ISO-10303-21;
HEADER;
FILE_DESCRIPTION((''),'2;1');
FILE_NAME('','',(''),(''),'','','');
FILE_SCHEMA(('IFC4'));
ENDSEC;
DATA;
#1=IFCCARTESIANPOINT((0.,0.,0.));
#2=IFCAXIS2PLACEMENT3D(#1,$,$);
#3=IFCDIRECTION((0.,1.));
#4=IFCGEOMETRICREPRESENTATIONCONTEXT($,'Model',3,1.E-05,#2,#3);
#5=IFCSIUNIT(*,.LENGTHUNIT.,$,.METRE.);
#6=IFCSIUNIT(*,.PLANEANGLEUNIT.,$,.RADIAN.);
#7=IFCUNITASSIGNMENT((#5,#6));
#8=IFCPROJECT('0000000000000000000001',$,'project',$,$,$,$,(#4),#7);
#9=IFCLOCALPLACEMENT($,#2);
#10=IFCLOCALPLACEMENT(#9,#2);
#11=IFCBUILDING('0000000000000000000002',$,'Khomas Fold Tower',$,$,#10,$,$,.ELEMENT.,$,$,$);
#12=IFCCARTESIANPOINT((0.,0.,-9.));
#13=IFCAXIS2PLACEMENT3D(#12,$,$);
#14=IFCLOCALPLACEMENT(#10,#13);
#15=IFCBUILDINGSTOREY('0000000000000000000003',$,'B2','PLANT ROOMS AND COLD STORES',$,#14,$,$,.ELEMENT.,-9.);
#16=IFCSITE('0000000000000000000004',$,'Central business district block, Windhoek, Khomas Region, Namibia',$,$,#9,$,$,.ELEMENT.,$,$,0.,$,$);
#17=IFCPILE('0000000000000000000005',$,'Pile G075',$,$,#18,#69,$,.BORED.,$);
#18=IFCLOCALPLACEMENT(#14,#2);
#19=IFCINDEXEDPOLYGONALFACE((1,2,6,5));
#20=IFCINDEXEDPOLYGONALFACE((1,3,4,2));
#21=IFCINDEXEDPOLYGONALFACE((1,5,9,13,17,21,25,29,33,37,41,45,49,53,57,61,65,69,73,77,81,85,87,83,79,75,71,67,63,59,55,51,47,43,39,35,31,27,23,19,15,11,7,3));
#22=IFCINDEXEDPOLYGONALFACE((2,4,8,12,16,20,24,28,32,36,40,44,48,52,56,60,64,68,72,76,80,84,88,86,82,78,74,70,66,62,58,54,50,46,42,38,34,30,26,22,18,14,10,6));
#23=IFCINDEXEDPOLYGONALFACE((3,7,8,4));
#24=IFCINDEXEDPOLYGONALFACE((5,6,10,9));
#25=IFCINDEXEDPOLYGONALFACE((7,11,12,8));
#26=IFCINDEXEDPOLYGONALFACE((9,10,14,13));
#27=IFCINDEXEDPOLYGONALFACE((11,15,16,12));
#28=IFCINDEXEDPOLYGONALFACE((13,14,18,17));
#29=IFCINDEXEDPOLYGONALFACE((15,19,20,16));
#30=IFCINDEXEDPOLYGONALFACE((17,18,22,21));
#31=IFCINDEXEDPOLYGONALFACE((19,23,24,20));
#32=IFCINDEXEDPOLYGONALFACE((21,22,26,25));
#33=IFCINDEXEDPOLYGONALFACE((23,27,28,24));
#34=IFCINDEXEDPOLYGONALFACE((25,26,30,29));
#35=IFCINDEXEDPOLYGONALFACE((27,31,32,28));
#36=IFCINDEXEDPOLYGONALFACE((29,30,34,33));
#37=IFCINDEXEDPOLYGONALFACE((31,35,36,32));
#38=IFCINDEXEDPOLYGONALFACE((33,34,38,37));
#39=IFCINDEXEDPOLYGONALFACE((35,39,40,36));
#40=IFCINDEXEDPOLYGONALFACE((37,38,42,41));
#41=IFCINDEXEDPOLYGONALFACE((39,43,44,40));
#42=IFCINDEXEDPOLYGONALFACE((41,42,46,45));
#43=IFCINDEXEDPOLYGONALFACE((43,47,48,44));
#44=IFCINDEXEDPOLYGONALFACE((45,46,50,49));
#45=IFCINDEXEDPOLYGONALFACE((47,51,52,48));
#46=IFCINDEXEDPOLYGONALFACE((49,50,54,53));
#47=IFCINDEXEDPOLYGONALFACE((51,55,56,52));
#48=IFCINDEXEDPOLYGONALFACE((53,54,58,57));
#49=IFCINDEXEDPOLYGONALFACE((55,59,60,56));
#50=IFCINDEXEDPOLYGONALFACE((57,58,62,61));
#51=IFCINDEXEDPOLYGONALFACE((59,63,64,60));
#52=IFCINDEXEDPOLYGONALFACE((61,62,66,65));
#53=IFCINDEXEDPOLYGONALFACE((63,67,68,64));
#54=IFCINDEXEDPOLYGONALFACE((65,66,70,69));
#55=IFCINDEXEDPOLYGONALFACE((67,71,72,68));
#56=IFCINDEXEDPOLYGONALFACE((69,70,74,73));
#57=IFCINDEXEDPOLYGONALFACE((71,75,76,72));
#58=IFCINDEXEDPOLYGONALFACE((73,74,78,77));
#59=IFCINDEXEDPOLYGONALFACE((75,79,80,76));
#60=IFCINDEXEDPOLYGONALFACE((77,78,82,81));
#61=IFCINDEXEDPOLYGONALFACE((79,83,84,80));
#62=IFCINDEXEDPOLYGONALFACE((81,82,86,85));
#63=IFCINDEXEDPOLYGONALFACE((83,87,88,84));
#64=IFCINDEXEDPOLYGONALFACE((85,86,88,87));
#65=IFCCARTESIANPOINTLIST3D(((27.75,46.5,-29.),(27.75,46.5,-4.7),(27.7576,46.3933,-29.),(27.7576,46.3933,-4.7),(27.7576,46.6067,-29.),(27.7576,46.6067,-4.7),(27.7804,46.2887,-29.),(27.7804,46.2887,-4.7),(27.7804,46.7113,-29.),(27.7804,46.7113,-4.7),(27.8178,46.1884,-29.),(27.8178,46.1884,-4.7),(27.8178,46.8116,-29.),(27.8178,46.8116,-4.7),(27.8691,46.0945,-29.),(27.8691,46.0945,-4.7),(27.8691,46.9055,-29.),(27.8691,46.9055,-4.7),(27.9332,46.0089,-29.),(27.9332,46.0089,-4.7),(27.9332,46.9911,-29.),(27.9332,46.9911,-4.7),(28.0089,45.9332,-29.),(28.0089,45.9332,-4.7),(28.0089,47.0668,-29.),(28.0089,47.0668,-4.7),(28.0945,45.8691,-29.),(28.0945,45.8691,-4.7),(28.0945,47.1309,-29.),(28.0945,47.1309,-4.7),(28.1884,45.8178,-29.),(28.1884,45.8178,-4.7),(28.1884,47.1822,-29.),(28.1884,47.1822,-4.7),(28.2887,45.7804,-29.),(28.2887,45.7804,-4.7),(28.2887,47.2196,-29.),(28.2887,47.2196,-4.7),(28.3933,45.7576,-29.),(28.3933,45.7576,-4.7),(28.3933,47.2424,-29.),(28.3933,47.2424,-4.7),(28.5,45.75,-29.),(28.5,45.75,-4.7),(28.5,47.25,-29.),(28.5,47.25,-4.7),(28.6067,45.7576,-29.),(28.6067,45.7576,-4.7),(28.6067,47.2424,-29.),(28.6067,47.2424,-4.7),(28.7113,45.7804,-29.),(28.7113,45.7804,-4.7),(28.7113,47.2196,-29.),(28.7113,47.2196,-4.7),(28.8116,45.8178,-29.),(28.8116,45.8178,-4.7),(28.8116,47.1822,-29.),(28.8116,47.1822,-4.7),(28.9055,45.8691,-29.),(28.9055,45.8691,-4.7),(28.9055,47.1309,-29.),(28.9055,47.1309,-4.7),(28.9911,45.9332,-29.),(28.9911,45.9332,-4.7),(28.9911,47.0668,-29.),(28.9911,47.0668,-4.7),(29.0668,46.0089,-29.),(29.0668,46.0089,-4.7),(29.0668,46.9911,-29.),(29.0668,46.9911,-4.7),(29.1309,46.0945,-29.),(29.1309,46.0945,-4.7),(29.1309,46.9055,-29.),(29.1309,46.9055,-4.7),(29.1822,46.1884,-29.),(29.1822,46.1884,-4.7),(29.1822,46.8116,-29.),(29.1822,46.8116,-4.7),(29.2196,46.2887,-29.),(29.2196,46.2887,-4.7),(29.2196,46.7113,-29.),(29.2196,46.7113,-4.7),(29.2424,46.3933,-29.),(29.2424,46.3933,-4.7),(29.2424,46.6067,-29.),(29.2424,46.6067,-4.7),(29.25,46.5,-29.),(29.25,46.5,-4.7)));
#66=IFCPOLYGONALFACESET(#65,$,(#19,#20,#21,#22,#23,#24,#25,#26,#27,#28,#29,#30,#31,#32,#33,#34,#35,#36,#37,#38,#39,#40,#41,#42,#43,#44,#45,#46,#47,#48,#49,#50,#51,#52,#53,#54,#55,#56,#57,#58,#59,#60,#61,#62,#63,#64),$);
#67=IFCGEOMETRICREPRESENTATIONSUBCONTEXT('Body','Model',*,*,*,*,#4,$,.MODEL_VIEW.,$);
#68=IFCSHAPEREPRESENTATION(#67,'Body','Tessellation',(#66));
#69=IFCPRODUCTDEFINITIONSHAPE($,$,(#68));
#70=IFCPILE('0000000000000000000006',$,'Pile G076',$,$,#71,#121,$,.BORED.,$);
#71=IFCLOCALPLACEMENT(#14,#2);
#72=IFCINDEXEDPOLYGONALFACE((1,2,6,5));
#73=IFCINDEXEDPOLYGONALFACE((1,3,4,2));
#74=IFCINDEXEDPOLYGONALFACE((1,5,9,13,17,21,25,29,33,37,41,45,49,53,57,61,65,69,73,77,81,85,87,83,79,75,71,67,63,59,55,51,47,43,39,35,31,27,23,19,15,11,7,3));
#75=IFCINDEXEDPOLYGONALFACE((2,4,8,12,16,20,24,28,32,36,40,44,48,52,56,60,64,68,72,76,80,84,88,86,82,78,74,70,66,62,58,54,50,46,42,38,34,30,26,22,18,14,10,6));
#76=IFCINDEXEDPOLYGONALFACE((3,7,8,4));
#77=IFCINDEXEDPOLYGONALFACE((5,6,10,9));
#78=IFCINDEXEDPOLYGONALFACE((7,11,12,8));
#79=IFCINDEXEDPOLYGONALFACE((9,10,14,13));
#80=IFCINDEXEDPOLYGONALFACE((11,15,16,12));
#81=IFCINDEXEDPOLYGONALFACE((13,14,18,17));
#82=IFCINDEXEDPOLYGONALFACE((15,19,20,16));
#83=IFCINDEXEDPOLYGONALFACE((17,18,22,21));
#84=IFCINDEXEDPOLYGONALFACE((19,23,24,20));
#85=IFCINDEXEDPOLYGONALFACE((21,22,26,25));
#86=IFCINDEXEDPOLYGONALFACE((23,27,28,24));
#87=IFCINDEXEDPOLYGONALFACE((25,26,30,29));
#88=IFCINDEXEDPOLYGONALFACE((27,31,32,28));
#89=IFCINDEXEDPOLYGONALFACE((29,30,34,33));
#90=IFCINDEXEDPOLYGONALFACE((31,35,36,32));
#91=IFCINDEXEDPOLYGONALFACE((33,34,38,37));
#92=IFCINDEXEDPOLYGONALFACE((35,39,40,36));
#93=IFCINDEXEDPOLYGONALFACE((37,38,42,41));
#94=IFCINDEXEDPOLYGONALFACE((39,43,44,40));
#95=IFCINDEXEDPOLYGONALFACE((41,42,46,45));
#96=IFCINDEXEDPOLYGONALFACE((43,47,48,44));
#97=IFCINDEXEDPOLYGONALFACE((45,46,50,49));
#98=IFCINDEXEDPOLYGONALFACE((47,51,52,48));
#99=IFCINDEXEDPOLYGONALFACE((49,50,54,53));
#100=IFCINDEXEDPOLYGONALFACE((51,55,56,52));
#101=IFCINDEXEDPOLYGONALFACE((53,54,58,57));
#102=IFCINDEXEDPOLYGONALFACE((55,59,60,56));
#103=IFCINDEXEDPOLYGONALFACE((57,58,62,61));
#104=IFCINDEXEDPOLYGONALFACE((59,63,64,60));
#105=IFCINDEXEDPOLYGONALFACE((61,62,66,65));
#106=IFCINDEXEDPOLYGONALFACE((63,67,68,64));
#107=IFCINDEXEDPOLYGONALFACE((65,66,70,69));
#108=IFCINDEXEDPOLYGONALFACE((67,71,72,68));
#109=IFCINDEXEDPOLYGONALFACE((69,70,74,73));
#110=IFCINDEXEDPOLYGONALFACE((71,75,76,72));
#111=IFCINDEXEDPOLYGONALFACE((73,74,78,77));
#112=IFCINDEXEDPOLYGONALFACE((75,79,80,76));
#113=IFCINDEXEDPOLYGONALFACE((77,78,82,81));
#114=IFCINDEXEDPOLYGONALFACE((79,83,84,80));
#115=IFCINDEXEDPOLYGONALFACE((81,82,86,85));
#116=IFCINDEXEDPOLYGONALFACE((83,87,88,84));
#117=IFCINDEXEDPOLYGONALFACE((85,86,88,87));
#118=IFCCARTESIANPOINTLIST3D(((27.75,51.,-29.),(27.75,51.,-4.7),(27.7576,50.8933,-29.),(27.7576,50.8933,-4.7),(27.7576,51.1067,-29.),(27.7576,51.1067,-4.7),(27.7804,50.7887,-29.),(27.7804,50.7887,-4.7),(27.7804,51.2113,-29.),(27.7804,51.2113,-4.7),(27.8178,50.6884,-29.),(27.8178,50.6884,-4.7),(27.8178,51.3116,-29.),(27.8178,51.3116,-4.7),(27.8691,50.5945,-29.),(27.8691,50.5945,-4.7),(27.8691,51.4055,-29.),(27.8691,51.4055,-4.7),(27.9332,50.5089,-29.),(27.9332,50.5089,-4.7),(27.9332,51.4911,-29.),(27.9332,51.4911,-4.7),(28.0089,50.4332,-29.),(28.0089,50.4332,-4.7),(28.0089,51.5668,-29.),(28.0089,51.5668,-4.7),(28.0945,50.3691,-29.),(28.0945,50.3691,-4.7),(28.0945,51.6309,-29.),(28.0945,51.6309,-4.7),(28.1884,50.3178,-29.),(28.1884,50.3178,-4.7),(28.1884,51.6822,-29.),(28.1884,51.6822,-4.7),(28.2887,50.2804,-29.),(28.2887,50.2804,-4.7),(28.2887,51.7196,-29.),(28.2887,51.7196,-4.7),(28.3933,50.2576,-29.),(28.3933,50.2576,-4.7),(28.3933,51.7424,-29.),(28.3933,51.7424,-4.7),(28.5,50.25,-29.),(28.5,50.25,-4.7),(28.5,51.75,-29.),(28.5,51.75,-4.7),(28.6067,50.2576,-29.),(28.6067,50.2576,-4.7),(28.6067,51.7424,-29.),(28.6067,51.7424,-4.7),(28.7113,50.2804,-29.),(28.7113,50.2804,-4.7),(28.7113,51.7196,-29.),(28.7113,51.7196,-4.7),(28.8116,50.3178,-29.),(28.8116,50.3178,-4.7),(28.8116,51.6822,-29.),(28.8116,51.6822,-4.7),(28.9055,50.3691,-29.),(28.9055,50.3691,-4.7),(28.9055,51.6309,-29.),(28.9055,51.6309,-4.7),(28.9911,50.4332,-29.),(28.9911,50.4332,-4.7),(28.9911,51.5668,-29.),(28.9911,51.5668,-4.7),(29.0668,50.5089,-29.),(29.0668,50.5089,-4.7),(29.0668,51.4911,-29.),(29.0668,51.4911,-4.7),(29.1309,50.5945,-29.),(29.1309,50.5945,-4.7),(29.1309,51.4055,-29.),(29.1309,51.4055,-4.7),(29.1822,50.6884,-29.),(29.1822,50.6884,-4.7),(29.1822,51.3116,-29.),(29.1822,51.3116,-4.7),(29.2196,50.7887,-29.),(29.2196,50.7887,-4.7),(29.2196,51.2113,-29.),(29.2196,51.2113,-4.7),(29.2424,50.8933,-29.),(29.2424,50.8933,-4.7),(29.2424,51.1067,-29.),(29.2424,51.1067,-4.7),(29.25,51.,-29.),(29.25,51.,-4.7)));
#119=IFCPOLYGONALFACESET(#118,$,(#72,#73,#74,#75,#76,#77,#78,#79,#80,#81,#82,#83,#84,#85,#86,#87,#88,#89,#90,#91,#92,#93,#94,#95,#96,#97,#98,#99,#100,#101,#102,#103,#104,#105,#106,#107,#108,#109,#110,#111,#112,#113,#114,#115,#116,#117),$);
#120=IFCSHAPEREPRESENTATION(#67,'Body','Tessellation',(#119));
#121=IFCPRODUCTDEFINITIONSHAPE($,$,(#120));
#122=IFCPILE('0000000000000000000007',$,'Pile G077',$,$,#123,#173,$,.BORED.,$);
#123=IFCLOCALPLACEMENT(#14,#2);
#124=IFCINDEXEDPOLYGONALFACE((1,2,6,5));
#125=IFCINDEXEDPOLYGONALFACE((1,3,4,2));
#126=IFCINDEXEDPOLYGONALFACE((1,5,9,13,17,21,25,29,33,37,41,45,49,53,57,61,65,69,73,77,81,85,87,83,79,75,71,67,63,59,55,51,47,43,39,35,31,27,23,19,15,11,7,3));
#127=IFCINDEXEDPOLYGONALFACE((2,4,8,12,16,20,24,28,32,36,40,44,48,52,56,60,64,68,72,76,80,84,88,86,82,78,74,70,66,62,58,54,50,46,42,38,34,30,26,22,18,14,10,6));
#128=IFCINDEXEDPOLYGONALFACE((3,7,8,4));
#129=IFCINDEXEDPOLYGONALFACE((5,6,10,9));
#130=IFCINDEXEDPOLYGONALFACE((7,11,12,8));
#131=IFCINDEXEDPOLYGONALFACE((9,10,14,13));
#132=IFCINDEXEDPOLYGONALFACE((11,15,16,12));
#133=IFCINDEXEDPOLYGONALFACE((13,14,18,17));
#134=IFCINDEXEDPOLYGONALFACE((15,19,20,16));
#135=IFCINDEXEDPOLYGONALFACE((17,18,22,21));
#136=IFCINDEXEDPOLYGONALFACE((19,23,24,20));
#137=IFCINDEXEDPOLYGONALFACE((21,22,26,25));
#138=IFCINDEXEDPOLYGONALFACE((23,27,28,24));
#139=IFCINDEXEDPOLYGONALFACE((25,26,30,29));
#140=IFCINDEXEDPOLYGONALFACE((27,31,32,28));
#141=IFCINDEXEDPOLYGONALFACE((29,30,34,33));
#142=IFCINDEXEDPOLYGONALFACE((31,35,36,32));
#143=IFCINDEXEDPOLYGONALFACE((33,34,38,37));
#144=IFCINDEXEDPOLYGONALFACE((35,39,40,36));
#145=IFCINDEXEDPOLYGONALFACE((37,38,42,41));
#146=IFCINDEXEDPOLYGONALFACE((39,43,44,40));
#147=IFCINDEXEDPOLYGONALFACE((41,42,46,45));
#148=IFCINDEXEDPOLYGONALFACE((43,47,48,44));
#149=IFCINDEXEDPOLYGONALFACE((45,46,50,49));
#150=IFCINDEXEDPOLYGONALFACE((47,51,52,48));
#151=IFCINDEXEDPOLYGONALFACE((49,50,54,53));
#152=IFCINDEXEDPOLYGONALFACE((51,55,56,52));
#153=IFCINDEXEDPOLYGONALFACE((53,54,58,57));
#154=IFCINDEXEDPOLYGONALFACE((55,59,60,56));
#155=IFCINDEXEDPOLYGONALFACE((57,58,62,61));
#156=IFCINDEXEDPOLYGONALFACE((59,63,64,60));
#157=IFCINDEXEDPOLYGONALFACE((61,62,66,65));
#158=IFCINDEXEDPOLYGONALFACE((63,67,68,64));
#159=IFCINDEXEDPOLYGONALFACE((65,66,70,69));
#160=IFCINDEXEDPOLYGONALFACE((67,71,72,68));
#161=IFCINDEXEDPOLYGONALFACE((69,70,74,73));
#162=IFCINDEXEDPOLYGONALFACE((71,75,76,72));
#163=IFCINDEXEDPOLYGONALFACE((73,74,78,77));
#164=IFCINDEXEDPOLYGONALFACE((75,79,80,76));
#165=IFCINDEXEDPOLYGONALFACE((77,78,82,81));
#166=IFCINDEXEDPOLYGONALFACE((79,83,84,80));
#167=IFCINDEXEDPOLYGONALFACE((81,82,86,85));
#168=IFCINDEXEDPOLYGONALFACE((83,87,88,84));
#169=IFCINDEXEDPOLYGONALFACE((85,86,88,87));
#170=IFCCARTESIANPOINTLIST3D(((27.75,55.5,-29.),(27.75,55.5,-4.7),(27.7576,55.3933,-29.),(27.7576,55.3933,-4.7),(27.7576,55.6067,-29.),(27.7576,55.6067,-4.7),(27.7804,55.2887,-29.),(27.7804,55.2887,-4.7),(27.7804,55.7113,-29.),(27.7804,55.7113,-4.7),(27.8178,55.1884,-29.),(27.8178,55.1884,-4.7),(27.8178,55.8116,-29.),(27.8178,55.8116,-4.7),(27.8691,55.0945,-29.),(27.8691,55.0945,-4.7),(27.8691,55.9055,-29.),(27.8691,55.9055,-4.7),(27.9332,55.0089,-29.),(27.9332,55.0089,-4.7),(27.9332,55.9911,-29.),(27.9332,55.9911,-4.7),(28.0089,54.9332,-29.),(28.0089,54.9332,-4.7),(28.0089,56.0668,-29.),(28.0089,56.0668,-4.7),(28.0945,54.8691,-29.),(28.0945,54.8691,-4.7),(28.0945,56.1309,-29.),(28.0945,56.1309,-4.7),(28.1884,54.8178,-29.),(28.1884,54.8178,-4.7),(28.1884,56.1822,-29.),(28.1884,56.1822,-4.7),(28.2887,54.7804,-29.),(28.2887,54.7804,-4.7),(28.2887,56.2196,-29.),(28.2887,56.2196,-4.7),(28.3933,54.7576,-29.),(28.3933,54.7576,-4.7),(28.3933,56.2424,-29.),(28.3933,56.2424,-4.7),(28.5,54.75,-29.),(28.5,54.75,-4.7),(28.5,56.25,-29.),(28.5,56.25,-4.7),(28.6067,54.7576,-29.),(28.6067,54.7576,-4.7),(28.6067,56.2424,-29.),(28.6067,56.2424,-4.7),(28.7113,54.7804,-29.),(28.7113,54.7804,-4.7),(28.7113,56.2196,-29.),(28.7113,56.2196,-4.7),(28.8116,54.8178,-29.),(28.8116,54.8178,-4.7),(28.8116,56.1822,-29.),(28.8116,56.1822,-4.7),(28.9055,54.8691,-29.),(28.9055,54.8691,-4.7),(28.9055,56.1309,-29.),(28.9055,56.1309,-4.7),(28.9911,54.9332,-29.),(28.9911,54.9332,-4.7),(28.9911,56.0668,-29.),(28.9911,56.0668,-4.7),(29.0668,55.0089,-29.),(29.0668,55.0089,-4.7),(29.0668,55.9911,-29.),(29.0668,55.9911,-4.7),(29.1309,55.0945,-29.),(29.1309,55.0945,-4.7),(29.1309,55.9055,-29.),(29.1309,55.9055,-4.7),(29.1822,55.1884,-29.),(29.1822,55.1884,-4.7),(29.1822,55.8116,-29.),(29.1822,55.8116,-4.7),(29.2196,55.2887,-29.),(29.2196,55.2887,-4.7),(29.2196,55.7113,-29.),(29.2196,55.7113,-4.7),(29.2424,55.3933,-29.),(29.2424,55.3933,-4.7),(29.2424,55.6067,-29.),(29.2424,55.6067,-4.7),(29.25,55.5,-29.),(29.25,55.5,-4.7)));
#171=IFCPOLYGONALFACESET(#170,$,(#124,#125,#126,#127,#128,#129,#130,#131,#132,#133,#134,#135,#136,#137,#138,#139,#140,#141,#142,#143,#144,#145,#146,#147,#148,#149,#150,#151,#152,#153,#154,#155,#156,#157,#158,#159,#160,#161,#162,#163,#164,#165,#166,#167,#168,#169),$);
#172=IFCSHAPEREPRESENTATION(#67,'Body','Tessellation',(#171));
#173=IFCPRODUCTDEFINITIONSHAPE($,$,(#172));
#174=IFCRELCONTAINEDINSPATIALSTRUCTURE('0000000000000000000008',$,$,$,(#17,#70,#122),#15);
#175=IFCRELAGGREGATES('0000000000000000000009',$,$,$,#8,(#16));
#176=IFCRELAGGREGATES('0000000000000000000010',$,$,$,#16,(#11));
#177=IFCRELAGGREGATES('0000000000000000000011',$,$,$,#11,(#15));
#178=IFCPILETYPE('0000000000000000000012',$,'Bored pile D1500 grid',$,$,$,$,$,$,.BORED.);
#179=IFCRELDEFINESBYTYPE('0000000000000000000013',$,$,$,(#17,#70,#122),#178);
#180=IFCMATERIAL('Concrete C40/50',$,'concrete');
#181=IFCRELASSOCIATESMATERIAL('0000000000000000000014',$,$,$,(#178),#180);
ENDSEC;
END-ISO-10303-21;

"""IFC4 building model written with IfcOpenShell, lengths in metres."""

from ifc_helpers import new_model, si_unit, direction, frame, origin, origin_2d, place, context, subcontext, project, spatial, circle, extrude, source, transform, mapped, material, material_profile, profile_set, type_object, element, save


model = new_model("IFC4")

# Units and contexts
model_context = context("Model", 3, precision=1e-05, world=origin(), true_north=direction((0.0, 1.0)))
body_context = subcontext(model_context, "Body", "Model", "MODEL_VIEW")
ifc_project = project(units=[si_unit("LENGTHUNIT", "METRE"), si_unit("PLANEANGLEUNIT", "RADIAN")], contexts=[model_context])

# Site, building, storey
site_placement = place(None, origin())
site = spatial("IfcSite", under=ifc_project, at=site_placement, Name="Central business district block, Windhoek, Khomas Region, Namibia", CompositionType="ELEMENT", RefElevation=0.0)
building_placement = place(site_placement, origin())
building = spatial("IfcBuilding", under=site, at=building_placement, Name="Khomas Fold Tower", CompositionType="ELEMENT")
storey_placement = place(building_placement, frame((0.0, 0.0, -9.0)))
storey = spatial("IfcBuildingStorey", under=building, at=storey_placement, Name="B2", Description="PLANT ROOMS AND COLD STORES", CompositionType="ELEMENT", Elevation=-9.0)

# Piles
ifc_material_1 = material(Name="Concrete C40/50", Category="concrete")
ifc_material_profile_1 = material_profile(ifc_material_1, circle(Radius=0.75, at=origin_2d()), Name="PILE D1500")
ifc_profile_set_1 = profile_set([ifc_material_profile_1], Name="Concrete C40/50")
pile_type = type_object("IfcPileType", Name="Bored pile D1500 grid", PredefinedType="BORED", material=ifc_profile_set_1)
shared_shape_1 = source(origin(), body_context, "Body", "SweptSolid", [
    extrude(circle(Radius=0.75, at=origin_2d()), origin(), (0.0, 0.0, 1.0), 24.3),
])
for number, where, z_axis, x_axis, name in (
    (1, (28.5, 46.5, -4.7), (0.0, 0.0, -1.0), (1.0, 0.0, 0.0), "Pile G075"),
    (2, (28.5, 51.0, -4.7), (0.0, 0.0, -1.0), (1.0, 0.0, 0.0), "Pile G076"),
    (3, (28.5, 55.5, -4.7), (0.0, 0.0, -1.0), (1.0, 0.0, 0.0), "Pile G077"),
):
    element("IfcPile", number, at=place(storey_placement, frame(where, z_axis=z_axis, x_axis=x_axis)), inside=storey, type_object=pile_type, Name=name, PredefinedType="BORED", context=body_context, shape_type="MappedRepresentation", body=[
        mapped(shared_shape_1, transform((0.0, 0.0, 0.0))),
    ])

save(model, "model.ifc")
